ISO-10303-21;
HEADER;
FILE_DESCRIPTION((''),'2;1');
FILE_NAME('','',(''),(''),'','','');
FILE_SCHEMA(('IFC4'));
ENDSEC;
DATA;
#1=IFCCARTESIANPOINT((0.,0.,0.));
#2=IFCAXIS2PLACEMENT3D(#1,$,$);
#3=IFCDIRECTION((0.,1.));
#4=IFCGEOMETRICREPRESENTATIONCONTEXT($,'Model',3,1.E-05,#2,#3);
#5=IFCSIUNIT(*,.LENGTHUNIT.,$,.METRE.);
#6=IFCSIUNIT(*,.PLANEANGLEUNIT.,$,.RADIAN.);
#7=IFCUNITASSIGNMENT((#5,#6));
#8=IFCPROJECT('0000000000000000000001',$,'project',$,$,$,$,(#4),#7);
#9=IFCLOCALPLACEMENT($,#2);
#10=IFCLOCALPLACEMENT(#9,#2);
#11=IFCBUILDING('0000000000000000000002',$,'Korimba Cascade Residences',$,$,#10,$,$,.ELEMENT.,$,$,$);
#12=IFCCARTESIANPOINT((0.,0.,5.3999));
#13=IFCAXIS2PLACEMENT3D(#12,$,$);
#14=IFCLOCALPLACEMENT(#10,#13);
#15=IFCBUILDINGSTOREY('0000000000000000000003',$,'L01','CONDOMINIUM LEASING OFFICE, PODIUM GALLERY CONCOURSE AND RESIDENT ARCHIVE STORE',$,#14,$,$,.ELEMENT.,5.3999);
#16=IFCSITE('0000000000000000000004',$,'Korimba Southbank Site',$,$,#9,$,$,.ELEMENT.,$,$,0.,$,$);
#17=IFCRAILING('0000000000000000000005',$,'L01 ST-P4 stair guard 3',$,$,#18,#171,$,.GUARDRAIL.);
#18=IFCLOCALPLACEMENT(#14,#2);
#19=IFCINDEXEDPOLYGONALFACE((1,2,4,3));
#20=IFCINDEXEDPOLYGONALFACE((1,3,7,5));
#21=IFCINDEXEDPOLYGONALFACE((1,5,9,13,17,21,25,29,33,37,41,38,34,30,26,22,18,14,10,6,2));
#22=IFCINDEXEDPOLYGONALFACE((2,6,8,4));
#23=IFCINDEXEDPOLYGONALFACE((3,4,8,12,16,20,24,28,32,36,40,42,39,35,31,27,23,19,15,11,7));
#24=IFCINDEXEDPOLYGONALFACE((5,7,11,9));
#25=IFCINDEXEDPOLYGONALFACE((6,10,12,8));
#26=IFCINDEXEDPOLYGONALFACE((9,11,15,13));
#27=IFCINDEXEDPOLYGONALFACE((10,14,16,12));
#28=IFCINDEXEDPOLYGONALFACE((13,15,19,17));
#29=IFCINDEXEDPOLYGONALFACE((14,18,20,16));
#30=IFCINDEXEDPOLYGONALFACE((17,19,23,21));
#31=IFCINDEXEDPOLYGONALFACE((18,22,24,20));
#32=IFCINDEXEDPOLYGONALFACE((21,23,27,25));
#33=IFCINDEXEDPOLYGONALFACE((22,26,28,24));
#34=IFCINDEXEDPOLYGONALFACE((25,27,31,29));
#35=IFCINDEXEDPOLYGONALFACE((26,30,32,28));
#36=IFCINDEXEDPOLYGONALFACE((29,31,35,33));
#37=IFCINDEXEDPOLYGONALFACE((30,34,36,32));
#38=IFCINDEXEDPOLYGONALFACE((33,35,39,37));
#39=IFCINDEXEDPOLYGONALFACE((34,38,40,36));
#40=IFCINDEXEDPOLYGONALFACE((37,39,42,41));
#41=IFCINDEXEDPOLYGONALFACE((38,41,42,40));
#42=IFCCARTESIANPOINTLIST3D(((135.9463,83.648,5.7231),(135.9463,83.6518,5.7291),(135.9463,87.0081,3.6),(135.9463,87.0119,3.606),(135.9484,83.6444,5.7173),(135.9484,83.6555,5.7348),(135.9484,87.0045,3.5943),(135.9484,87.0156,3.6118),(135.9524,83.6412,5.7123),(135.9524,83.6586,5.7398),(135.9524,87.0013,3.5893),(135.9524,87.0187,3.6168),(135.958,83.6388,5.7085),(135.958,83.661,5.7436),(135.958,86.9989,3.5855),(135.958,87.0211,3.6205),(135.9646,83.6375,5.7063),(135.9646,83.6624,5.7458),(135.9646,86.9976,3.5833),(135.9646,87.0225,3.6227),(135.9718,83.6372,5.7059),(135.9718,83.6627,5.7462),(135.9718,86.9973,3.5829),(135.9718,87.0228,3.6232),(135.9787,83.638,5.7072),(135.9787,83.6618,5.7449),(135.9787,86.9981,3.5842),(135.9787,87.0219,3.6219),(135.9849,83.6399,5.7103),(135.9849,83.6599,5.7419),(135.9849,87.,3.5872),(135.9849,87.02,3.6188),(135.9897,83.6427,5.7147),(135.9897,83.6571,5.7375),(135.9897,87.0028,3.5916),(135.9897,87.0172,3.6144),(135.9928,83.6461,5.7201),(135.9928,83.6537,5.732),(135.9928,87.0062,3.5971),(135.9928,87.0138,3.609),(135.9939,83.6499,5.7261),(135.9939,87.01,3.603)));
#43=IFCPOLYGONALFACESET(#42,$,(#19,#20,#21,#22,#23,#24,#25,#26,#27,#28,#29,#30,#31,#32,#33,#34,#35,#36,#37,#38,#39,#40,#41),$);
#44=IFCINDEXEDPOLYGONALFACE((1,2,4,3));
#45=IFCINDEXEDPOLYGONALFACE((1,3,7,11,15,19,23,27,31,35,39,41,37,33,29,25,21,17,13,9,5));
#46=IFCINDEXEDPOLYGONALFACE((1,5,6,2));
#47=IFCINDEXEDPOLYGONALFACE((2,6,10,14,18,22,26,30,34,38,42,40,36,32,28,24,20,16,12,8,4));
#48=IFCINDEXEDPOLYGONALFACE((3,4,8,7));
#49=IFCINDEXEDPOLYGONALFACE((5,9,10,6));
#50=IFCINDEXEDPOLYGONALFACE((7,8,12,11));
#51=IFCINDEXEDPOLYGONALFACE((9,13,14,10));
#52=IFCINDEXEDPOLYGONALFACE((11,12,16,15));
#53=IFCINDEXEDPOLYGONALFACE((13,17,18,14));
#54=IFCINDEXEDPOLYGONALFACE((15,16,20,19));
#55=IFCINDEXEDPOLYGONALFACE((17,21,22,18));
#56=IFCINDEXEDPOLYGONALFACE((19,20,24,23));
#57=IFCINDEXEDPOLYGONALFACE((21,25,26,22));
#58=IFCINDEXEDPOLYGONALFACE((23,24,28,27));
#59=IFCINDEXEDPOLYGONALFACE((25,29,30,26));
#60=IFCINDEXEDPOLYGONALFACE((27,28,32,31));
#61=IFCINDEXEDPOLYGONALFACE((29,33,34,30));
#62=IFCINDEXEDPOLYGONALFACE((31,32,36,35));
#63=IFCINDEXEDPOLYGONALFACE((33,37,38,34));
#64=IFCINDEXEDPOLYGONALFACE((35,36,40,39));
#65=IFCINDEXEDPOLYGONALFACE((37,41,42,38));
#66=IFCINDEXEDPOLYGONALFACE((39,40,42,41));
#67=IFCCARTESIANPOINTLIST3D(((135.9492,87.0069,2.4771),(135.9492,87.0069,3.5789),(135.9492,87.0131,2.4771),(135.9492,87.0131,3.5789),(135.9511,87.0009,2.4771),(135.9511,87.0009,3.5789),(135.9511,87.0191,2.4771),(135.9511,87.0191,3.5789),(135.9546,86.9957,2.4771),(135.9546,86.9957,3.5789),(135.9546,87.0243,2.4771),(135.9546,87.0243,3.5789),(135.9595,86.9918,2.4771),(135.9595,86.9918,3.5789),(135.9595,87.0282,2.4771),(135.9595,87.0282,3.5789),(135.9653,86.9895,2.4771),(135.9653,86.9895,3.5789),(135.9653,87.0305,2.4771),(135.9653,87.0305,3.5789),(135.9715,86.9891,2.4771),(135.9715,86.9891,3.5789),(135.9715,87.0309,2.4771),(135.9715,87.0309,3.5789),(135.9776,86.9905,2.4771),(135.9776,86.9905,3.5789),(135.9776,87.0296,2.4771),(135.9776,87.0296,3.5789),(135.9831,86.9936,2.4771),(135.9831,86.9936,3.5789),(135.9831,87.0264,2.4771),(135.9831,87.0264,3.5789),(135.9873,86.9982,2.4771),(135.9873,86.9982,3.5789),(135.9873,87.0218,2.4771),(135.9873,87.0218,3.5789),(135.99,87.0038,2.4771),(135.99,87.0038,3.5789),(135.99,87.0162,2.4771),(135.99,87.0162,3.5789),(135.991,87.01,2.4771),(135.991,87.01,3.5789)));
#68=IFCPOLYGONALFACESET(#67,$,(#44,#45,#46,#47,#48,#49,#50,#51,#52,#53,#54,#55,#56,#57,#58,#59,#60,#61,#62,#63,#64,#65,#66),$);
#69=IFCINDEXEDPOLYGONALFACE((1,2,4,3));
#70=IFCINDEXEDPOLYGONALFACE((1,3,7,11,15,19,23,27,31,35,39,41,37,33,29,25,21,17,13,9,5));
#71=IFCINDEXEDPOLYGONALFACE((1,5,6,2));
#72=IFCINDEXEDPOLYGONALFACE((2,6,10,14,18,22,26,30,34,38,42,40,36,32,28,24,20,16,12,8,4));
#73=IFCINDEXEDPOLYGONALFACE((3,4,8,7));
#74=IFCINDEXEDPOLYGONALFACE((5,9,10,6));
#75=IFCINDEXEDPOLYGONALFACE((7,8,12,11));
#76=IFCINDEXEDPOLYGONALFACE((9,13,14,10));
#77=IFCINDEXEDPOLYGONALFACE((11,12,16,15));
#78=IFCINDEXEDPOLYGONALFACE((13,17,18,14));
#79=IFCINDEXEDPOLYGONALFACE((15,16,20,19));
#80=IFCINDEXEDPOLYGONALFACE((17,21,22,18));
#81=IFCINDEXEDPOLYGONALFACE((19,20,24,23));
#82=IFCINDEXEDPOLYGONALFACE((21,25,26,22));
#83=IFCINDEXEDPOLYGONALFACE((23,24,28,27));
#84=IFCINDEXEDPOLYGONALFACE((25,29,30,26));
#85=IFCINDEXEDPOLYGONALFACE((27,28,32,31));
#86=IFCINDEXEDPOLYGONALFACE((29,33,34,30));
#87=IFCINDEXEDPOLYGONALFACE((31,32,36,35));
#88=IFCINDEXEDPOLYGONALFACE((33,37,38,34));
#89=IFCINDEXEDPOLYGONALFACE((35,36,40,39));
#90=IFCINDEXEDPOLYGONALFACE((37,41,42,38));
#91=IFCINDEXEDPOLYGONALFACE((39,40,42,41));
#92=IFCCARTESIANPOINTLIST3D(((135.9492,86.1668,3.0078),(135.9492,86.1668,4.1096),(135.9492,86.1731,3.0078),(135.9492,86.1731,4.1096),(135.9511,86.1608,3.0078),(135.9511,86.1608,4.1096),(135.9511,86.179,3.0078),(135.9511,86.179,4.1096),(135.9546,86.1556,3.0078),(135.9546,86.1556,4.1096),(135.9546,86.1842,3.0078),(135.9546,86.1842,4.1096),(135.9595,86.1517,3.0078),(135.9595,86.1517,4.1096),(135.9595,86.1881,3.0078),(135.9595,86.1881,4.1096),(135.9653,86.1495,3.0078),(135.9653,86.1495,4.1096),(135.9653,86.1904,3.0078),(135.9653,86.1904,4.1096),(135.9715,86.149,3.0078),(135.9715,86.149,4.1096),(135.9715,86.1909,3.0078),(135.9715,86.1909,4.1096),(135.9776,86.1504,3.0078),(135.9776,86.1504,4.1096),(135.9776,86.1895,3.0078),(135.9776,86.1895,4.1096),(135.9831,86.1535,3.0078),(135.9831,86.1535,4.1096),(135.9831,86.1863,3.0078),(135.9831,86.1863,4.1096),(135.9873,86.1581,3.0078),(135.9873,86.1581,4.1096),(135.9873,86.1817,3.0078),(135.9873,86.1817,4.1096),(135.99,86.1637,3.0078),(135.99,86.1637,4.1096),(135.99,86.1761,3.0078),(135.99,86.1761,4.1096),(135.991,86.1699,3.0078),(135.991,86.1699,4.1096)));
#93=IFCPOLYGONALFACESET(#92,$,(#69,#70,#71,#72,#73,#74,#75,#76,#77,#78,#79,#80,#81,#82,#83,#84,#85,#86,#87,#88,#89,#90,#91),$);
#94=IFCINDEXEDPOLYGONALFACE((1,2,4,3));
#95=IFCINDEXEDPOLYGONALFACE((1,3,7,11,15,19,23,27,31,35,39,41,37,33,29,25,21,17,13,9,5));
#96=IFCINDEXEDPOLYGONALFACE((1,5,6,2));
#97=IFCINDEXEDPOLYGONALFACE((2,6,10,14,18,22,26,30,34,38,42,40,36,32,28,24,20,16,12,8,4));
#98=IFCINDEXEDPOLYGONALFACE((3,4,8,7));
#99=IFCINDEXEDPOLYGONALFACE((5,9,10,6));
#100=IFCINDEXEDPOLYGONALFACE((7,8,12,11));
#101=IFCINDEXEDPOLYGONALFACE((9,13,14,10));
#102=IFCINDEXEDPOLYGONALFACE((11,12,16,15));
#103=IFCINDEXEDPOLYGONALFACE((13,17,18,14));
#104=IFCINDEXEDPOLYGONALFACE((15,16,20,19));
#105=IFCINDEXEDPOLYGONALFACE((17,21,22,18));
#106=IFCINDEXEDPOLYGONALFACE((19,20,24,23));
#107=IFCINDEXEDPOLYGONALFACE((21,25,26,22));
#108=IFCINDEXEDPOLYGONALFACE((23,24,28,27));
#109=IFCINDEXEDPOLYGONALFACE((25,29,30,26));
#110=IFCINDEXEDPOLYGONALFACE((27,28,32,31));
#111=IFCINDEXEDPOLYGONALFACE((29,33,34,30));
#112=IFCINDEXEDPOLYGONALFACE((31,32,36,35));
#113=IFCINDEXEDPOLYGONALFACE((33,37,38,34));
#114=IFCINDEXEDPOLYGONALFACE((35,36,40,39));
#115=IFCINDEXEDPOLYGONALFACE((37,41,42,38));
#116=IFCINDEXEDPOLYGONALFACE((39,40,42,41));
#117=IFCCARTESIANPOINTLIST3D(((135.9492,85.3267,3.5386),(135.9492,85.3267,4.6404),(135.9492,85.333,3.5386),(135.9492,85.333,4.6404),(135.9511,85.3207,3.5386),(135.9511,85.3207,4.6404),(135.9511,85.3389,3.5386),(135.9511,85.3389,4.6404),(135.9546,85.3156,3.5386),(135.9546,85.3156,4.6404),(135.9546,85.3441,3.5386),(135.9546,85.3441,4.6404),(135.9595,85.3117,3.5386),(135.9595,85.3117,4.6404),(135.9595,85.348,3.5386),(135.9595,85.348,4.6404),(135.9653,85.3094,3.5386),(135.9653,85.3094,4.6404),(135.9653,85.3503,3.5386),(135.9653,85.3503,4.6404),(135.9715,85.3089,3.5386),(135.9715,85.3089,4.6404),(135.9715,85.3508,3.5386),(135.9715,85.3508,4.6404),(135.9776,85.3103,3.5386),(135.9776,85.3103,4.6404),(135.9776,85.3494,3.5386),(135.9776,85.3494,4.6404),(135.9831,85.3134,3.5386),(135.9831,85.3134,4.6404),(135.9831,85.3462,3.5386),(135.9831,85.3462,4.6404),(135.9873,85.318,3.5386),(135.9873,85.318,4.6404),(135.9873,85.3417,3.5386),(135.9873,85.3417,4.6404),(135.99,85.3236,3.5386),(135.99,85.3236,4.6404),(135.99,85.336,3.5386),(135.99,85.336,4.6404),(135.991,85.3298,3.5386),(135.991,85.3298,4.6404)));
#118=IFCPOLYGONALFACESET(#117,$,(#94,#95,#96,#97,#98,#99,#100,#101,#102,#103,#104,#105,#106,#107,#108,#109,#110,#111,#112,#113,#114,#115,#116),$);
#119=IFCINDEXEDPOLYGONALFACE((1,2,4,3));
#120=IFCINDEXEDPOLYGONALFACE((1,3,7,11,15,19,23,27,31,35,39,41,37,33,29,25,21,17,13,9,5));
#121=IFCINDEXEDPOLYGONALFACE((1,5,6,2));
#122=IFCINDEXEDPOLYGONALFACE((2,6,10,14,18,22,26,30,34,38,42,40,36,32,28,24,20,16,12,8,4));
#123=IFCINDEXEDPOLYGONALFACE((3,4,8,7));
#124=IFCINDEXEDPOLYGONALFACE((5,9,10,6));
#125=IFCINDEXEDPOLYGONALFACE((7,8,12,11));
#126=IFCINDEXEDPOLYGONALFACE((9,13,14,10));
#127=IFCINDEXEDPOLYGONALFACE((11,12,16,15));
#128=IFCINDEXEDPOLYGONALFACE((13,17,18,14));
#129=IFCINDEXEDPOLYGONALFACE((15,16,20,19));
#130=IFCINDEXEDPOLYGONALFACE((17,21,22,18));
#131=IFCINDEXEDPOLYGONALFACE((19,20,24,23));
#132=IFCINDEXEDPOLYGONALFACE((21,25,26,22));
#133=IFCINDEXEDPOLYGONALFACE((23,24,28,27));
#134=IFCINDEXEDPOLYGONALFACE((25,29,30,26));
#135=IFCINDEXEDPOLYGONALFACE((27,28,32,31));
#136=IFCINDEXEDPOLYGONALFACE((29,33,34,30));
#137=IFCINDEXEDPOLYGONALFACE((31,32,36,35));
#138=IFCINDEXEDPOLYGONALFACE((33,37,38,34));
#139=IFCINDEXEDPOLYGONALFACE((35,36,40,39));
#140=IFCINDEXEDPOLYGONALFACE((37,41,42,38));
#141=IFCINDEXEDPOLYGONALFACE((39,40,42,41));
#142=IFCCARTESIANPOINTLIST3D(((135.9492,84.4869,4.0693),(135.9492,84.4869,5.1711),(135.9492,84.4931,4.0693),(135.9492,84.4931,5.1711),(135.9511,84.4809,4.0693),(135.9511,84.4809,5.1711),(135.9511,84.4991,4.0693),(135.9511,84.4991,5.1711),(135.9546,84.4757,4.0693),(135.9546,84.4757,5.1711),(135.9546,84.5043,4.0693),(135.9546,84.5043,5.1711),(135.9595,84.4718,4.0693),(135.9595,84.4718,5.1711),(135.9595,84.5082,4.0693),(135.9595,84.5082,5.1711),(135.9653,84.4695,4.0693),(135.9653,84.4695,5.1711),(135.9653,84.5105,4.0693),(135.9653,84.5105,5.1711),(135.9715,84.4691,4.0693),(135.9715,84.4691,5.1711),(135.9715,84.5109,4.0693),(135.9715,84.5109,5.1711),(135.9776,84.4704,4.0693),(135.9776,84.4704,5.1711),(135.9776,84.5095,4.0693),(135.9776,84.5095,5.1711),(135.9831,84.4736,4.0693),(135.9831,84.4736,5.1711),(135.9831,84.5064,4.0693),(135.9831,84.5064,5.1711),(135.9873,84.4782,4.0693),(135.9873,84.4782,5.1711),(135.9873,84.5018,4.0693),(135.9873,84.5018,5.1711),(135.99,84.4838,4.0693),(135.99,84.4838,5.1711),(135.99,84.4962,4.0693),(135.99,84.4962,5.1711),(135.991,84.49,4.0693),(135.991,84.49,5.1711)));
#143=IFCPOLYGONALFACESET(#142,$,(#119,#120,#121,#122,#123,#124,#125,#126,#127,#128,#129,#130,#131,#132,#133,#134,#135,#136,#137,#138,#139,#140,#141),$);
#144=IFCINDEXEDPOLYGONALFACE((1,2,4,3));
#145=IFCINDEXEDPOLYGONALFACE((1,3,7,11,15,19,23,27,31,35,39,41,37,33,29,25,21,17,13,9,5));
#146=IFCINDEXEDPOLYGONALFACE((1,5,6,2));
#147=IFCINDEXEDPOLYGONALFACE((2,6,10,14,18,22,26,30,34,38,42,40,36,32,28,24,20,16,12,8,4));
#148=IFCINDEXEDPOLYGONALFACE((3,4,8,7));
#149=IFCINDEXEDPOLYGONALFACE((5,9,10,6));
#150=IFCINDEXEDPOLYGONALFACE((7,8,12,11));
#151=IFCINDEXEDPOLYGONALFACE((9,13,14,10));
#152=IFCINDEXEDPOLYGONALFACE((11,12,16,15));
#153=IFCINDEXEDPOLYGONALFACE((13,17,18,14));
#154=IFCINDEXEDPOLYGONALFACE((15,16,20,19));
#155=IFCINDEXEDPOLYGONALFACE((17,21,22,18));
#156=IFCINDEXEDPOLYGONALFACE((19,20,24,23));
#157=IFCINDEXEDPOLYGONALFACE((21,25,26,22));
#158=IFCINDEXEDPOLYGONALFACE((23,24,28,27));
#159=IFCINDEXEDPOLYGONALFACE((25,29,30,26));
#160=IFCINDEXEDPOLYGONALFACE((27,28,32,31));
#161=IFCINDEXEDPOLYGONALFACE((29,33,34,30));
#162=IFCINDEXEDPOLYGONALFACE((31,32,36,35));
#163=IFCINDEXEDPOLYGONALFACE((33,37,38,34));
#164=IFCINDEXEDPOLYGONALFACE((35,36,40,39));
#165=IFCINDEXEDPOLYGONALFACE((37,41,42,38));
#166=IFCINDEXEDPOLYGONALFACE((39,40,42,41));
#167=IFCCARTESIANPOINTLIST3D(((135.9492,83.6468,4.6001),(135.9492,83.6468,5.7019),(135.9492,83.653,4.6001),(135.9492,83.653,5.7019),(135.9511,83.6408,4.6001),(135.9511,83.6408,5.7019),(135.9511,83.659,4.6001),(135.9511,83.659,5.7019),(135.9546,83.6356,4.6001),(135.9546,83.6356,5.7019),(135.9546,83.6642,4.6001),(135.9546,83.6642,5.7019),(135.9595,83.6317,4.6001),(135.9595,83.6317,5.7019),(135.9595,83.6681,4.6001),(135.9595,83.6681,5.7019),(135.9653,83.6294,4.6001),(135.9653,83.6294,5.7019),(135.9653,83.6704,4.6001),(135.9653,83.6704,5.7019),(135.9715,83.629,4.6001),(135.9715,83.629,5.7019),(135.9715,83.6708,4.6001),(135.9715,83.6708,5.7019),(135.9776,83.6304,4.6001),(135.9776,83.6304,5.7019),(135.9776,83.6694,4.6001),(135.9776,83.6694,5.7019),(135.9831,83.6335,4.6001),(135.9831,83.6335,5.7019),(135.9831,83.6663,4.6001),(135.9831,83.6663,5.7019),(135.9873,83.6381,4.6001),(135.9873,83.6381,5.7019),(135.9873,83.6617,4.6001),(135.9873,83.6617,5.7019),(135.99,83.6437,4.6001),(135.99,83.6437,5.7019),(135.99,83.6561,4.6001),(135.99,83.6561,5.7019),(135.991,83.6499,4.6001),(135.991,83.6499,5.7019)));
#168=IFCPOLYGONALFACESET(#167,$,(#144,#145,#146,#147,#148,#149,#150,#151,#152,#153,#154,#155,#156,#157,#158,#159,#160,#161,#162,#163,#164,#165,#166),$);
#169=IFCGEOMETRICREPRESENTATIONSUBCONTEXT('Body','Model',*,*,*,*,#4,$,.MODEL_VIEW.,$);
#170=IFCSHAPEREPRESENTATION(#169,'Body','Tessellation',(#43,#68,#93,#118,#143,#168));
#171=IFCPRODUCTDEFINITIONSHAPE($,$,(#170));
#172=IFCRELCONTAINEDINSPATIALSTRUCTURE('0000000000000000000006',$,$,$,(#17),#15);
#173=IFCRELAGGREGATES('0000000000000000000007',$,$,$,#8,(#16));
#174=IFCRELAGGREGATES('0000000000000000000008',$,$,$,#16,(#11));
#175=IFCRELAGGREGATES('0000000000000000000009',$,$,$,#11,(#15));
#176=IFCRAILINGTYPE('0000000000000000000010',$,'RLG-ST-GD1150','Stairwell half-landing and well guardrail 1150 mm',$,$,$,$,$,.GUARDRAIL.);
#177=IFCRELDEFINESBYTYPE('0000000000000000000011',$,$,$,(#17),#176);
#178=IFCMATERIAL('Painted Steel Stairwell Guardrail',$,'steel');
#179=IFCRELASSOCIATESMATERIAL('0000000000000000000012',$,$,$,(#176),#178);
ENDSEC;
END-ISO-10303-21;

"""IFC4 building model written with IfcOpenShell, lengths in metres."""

from ifc_helpers import new_model, si_unit, direction, frame, origin, origin_2d, place, context, subcontext, project, spatial, circle, extrude, material, type_object, element, save


model = new_model("IFC4")

# Units and contexts
model_context = context("Model", 3, precision=1e-05, world=origin(), true_north=direction((0.0, 1.0)))
body_context = subcontext(model_context, "Body", "Model", "MODEL_VIEW")
ifc_project = project(units=[si_unit("LENGTHUNIT", "METRE"), si_unit("PLANEANGLEUNIT", "RADIAN")], contexts=[model_context])

# Site, building, storey
site_placement = place(None, origin())
site = spatial("IfcSite", under=ifc_project, at=site_placement, Name="Korimba Southbank Site", CompositionType="ELEMENT", RefElevation=0.0)
building_placement = place(site_placement, origin())
building = spatial("IfcBuilding", under=site, at=building_placement, Name="Korimba Cascade Residences", CompositionType="ELEMENT")
storey_placement = place(building_placement, frame((0.0, 0.0, 5.3999)))
storey = spatial("IfcBuildingStorey", under=building, at=storey_placement, Name="L01", Description="CONDOMINIUM LEASING OFFICE, PODIUM GALLERY CONCOURSE AND RESIDENT ARCHIVE STORE", CompositionType="ELEMENT", Elevation=5.3999)

# Railing
ifc_material_1 = material(Name="Painted Steel Stairwell Guardrail", Category="steel")
railing_type_1 = type_object("IfcRailingType", Name="RLG-ST-GD1150", Description="Stairwell half-landing and well guardrail 1150 mm", PredefinedType="GUARDRAIL", material=ifc_material_1)
railing_1_placement = place(storey_placement, frame((135.97, 87.01, 2.4771)))
element("IfcRailing", 1, at=railing_1_placement, inside=storey, type_object=railing_type_1, Name="L01 ST-P4 stair guard 3", PredefinedType="GUARDRAIL", context=body_context, shape_type="SweptSolid", body=[
    extrude(circle(Radius=0.0239, at=origin_2d()), frame((0.0, 0.0, 1.126), z_axis=(0.0, -0.84539, 0.53415), x_axis=(1.0, 0.0, 0.0)), (0.0, 0.0, 1.0), 3.9746),
    extrude(circle(Radius=0.021, at=origin_2d()), origin(), (0.0, 0.0, 1.0), 1.1018),
    extrude(circle(Radius=0.021, at=origin_2d()), frame((0.0, -0.8401, 0.5308)), (0.0, 0.0, 1.0), 1.1018),
    extrude(circle(Radius=0.021, at=origin_2d()), frame((0.0, -1.6802, 1.0615)), (0.0, 0.0, 1.0), 1.1018),
    extrude(circle(Radius=0.021, at=origin_2d()), frame((0.0, -2.52, 1.5923)), (0.0, 0.0, 1.0), 1.1018),
    extrude(circle(Radius=0.021, at=origin_2d()), frame((0.0, -3.3601, 2.123)), (0.0, 0.0, 1.0), 1.1018),
])

save(model, "model.ifc")
